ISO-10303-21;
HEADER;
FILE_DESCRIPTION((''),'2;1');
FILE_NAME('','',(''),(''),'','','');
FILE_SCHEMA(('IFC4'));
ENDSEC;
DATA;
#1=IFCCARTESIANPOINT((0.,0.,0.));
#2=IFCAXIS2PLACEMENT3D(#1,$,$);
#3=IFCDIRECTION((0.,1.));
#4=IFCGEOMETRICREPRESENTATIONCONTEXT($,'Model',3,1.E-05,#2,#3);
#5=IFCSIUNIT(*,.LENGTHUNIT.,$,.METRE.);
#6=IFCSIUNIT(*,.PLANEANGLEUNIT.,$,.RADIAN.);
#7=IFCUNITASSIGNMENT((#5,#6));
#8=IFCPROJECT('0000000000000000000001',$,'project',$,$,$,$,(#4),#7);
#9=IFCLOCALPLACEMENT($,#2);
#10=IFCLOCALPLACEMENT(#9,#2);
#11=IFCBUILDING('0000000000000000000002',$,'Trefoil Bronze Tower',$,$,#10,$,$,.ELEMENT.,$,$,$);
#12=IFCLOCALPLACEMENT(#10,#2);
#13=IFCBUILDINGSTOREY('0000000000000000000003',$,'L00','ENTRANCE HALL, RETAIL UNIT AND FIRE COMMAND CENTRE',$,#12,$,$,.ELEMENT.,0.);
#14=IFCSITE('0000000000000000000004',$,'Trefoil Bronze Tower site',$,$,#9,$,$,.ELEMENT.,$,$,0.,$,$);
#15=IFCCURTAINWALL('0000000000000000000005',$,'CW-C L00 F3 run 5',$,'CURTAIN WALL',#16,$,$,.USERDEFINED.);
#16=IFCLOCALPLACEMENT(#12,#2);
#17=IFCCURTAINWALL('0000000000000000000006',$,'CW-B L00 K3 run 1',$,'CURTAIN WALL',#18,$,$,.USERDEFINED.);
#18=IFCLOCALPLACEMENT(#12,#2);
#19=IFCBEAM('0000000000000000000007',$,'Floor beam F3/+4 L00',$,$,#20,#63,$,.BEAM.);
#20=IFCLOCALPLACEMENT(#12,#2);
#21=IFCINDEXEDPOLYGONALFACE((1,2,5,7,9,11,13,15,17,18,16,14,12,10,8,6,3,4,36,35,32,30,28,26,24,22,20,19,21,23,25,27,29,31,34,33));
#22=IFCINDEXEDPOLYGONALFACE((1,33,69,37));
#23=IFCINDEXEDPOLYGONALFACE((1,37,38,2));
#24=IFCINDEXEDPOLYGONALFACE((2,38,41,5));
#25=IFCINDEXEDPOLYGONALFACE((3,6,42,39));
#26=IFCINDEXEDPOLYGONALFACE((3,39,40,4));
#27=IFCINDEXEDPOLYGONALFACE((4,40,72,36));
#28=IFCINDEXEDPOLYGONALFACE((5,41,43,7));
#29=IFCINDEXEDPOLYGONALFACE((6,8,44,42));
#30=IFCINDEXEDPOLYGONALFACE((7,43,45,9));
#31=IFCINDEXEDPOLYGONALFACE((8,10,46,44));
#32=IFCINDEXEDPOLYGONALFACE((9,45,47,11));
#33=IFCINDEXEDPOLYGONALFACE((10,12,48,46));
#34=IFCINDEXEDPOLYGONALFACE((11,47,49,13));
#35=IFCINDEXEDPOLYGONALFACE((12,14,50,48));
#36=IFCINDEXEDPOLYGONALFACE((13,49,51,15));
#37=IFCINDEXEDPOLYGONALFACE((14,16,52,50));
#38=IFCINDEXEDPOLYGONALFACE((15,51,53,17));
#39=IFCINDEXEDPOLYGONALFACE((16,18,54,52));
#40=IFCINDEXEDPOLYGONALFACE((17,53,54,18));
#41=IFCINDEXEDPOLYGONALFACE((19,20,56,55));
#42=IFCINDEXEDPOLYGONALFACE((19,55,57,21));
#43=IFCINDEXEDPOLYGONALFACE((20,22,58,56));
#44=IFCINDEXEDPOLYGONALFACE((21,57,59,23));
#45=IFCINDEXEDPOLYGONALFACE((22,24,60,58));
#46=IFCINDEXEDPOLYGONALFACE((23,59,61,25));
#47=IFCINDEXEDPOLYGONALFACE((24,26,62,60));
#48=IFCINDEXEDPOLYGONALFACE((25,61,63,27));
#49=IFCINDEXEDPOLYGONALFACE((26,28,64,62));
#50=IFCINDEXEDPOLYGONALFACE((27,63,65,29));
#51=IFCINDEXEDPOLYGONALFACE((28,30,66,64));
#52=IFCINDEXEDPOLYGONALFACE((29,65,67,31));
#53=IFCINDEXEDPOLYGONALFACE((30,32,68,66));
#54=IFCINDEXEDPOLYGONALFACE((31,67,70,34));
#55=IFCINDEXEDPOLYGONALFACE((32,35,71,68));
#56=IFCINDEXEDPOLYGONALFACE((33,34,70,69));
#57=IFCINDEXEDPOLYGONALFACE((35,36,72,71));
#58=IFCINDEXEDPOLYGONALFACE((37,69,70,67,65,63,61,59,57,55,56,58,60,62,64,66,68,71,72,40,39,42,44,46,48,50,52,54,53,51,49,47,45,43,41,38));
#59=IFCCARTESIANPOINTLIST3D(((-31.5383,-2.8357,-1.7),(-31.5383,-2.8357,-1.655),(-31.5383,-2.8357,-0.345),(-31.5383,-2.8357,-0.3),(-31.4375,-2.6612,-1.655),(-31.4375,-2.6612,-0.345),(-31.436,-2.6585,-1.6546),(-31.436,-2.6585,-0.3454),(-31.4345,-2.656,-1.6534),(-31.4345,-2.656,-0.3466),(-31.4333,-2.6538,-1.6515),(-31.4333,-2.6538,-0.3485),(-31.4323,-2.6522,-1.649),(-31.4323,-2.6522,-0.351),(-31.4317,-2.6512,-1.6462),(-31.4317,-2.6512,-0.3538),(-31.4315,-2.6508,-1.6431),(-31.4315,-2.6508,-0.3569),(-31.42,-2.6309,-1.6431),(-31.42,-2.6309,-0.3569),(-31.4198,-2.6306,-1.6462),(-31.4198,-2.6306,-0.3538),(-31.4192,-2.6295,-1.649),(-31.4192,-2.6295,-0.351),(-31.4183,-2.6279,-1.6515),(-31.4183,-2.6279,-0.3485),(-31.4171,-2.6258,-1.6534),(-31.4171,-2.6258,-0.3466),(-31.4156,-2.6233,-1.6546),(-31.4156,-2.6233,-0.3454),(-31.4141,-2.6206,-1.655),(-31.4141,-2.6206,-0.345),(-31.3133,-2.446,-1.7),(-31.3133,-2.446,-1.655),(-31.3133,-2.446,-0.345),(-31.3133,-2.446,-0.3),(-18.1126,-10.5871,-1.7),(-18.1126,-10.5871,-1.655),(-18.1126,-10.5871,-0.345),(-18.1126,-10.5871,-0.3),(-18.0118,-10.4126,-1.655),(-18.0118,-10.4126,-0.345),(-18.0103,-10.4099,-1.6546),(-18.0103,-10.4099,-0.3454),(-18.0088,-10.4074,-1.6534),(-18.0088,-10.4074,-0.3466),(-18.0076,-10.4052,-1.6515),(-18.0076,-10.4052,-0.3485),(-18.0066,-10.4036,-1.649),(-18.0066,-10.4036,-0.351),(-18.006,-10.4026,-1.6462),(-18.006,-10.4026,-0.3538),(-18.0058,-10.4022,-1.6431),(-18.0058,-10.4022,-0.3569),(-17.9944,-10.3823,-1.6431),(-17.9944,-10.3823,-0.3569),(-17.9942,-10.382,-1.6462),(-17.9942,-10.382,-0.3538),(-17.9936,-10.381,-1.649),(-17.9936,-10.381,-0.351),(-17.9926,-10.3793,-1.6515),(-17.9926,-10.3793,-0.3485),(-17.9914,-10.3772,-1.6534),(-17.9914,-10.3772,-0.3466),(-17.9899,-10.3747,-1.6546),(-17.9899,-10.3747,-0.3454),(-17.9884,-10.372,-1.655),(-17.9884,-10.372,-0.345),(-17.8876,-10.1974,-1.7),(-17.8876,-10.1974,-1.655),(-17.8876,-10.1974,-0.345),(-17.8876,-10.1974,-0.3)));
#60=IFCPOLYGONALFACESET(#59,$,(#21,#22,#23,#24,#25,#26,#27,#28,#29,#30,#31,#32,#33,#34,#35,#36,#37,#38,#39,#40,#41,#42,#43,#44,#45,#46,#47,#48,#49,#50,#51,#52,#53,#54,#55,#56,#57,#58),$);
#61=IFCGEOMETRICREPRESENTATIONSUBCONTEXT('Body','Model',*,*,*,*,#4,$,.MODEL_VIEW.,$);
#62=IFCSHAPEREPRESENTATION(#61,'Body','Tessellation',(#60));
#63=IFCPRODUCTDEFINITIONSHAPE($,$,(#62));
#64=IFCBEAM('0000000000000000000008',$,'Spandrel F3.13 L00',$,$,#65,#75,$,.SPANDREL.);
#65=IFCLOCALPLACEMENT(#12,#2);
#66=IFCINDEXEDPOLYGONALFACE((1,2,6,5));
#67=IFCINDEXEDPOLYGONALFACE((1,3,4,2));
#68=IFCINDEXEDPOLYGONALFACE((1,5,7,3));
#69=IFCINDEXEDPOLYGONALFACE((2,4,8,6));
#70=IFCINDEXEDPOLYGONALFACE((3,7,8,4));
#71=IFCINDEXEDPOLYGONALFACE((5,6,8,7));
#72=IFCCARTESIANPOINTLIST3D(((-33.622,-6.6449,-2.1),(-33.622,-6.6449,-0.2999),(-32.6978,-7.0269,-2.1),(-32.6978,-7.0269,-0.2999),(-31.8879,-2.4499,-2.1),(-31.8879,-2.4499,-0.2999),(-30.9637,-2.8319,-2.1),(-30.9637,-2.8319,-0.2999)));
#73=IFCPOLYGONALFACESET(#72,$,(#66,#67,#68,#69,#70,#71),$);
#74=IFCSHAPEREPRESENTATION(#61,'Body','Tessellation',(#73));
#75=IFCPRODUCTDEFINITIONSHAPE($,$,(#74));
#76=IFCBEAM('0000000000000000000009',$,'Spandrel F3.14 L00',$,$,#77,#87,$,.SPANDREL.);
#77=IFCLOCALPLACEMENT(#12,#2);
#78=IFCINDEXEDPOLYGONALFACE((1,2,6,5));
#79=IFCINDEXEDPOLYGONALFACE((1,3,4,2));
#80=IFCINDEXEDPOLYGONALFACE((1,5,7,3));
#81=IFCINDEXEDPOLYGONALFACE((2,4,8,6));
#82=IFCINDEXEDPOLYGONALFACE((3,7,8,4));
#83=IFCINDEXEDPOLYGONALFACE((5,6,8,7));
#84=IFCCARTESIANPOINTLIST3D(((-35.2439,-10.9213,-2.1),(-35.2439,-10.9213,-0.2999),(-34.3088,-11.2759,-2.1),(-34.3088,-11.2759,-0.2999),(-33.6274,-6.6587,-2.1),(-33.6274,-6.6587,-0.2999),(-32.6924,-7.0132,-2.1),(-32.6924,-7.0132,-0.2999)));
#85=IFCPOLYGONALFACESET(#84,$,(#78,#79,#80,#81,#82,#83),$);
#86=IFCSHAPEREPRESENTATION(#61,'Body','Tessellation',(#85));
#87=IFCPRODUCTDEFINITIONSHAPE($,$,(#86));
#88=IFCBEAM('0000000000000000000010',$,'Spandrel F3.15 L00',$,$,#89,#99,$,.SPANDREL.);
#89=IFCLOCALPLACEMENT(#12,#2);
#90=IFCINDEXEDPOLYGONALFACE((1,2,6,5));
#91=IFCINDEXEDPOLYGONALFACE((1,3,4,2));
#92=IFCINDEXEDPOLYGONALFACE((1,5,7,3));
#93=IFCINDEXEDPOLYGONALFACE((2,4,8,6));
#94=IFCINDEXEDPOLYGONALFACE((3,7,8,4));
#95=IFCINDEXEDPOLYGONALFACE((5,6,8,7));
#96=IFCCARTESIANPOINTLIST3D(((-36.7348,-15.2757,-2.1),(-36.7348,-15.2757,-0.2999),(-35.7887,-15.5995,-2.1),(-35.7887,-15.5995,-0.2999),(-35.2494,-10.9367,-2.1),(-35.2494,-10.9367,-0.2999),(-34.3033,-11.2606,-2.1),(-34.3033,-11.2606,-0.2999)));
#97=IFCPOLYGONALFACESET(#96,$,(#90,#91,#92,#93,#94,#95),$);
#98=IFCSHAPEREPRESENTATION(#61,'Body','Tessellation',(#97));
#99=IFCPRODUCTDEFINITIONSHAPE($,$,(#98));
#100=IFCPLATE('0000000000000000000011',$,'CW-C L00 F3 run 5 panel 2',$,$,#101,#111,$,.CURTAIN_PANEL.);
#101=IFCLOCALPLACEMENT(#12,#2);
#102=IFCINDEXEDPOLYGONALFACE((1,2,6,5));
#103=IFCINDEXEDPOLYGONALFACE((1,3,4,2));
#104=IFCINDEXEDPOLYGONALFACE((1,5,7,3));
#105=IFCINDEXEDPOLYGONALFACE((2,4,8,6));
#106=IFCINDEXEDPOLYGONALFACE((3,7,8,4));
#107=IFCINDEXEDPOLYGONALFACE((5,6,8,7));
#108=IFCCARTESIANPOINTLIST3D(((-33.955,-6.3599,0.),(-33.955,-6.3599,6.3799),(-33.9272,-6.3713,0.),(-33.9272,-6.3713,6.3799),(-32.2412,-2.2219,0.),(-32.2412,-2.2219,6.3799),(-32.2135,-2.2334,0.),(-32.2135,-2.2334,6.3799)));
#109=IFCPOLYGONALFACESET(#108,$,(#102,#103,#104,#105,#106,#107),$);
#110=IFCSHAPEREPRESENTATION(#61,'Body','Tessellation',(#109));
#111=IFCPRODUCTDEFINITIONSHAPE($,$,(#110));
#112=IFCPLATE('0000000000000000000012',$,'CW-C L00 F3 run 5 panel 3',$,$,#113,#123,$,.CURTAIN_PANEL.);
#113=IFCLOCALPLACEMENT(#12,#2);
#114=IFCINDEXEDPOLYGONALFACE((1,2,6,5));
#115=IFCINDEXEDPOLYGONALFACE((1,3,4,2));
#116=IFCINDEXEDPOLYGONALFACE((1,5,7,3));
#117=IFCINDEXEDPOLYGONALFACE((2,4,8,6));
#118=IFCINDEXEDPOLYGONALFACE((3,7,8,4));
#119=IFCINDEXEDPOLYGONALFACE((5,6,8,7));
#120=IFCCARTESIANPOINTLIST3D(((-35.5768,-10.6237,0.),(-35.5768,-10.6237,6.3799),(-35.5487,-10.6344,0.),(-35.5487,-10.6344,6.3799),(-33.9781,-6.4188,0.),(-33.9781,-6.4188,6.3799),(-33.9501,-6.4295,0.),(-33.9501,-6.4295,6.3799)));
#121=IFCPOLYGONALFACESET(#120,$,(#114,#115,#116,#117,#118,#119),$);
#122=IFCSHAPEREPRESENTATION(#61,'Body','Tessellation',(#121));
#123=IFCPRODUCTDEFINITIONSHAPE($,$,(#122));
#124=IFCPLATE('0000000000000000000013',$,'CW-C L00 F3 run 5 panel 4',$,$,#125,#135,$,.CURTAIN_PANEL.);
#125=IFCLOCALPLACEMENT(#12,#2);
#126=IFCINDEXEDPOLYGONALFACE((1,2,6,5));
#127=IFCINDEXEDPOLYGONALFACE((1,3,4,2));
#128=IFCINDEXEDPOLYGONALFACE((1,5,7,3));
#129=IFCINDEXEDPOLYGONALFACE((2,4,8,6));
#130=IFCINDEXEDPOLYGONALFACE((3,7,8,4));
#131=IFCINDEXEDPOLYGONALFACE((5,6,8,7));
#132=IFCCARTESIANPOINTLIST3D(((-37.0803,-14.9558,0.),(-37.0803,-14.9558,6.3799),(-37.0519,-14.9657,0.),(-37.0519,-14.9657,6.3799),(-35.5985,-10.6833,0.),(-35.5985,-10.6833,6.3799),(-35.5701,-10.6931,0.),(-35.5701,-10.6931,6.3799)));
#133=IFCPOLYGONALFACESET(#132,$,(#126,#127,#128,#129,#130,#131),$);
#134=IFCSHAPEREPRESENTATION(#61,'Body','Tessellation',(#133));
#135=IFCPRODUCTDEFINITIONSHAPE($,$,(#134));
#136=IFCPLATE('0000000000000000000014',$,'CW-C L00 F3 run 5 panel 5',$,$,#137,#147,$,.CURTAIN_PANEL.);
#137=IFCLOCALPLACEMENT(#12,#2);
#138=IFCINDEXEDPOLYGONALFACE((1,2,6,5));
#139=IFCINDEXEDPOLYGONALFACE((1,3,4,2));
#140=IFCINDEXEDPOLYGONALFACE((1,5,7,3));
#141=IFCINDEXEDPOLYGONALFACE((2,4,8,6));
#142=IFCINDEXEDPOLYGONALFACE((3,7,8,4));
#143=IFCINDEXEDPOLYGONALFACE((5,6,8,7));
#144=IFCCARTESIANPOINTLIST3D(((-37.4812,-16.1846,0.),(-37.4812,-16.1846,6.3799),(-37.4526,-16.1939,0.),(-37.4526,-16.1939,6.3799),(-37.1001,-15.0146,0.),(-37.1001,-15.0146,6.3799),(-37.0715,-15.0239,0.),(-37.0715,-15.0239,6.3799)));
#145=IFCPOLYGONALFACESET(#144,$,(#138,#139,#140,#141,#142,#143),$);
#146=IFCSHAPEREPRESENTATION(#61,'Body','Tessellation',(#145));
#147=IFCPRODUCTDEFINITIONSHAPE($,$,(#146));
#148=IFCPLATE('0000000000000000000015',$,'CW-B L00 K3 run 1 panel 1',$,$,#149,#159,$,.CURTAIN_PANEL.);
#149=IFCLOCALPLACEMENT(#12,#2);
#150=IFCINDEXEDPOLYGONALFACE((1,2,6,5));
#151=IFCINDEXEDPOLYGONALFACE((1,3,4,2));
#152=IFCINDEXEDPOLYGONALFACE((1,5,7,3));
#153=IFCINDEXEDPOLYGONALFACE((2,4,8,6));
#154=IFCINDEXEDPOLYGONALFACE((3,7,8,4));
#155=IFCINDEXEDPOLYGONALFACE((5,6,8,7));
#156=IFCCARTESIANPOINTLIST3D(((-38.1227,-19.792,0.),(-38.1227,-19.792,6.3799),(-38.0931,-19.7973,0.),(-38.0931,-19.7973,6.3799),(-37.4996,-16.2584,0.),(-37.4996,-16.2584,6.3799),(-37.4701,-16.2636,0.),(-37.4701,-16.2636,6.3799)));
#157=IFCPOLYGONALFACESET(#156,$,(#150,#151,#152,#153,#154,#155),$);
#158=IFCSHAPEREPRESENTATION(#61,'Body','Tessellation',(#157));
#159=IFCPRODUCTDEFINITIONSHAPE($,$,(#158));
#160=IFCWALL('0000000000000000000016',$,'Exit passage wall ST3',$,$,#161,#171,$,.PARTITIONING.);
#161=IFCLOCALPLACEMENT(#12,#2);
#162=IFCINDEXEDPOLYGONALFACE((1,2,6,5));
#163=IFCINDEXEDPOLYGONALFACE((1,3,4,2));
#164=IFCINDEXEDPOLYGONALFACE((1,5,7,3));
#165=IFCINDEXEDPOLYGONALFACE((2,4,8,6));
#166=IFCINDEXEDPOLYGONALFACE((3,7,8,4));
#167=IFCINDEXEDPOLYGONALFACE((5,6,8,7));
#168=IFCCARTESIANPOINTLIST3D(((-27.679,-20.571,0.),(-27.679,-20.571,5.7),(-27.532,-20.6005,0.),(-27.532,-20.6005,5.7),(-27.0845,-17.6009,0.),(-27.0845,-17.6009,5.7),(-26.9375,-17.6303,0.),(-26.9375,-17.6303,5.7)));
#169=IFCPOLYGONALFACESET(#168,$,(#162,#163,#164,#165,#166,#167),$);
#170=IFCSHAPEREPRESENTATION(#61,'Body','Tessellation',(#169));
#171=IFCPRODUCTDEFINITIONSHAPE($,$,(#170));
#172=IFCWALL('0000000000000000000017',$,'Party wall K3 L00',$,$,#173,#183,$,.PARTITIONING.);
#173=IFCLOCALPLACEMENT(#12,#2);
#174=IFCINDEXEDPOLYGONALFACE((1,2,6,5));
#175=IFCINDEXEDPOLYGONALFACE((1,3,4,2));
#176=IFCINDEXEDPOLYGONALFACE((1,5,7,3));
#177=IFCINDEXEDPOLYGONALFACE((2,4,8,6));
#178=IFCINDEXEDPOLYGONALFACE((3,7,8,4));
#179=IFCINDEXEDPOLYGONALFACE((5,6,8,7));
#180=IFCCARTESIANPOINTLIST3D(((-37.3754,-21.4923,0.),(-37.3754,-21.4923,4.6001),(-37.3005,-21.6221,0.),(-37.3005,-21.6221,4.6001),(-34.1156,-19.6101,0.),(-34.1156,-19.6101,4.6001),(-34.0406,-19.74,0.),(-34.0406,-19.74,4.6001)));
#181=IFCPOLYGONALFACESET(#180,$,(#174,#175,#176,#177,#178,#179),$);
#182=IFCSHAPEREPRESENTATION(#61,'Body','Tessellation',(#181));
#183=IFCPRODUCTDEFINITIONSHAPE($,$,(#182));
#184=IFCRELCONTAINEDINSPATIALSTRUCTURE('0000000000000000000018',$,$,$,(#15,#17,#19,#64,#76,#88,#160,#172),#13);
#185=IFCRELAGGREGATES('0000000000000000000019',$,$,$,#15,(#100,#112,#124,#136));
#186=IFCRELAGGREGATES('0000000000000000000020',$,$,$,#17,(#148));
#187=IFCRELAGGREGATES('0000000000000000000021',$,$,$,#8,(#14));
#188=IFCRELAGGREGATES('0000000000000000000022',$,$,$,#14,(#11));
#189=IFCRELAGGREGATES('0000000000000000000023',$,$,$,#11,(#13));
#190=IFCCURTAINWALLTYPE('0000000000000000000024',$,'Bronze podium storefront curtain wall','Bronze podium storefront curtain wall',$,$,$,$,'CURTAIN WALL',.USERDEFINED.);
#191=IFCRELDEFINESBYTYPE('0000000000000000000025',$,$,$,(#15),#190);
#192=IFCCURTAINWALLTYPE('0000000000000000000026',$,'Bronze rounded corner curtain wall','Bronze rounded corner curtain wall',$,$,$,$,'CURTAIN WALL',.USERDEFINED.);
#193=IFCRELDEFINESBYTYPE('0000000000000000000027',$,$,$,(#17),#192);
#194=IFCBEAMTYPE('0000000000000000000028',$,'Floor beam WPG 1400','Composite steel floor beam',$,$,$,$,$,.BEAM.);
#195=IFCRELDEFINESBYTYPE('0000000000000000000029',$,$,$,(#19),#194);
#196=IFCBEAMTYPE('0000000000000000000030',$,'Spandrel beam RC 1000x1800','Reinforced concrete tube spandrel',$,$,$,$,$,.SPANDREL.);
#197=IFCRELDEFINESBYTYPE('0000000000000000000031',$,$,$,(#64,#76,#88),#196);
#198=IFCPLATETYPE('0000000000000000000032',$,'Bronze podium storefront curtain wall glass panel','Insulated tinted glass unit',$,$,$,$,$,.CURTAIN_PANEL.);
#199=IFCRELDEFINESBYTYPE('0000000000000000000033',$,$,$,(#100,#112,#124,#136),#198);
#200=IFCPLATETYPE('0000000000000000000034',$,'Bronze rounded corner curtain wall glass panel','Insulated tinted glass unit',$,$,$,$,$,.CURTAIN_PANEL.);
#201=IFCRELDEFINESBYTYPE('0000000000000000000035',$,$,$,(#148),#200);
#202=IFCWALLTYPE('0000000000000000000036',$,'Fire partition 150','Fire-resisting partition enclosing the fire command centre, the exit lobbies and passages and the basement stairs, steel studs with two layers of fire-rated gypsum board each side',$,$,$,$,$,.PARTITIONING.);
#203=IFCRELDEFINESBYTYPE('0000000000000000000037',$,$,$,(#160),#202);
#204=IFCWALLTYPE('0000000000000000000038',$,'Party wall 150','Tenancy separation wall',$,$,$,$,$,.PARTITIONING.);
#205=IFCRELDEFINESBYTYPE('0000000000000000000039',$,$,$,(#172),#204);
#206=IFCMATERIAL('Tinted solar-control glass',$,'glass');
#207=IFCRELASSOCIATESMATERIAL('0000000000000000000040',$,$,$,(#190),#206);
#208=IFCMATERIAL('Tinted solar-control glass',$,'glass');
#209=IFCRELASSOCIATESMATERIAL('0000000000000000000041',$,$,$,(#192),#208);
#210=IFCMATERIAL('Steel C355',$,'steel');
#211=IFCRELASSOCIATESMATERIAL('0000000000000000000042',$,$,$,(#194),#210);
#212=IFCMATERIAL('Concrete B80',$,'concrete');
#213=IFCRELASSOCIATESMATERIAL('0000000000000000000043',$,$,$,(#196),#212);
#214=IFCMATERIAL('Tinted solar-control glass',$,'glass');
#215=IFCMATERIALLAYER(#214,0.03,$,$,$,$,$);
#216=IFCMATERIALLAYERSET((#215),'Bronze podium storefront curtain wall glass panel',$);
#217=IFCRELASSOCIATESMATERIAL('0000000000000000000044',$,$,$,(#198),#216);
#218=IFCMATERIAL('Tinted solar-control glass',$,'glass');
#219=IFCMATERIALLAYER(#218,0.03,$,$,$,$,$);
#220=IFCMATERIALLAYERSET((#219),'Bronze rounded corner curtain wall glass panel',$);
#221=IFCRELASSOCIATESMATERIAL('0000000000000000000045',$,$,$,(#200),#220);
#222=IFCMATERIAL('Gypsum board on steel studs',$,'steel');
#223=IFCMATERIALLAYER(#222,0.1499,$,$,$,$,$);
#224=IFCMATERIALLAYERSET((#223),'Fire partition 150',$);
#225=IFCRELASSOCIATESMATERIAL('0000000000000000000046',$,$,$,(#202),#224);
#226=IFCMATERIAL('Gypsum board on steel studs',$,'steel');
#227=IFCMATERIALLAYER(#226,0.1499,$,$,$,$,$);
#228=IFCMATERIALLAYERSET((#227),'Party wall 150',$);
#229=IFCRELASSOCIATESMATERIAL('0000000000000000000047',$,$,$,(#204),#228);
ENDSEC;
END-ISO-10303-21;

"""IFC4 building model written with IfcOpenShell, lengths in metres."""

from ifc_helpers import new_model, si_unit, direction, frame, frame_2d, origin, origin_2d, place, context, subcontext, project, spatial, rectangle, i_section, extrude, material, layer, layer_set, material_profile, profile_set, type_object, element, aggregate, save


model = new_model("IFC4")

# Units and contexts
model_context = context("Model", 3, precision=1e-05, world=origin(), true_north=direction((0.0, 1.0)))
body_context = subcontext(model_context, "Body", "Model", "MODEL_VIEW")
ifc_project = project(units=[si_unit("LENGTHUNIT", "METRE"), si_unit("PLANEANGLEUNIT", "RADIAN")], contexts=[model_context])

# Site, building, storey
site_placement = place(None, origin())
site = spatial("IfcSite", under=ifc_project, at=site_placement, Name="Trefoil Bronze Tower site", CompositionType="ELEMENT", RefElevation=0.0)
building_placement = place(site_placement, origin())
building = spatial("IfcBuilding", under=site, at=building_placement, Name="Trefoil Bronze Tower", CompositionType="ELEMENT")
storey_placement = place(building_placement, origin())
storey = spatial("IfcBuildingStorey", under=building, at=storey_placement, Name="L00", Description="ENTRANCE HALL, RETAIL UNIT AND FIRE COMMAND CENTRE", CompositionType="ELEMENT", Elevation=0.0)

# Curtain walls
ifc_material_1 = material(Name="Tinted solar-control glass", Category="glass")
curtain_wall_type_1 = type_object("IfcCurtainWallType", Name="Bronze podium storefront curtain wall", Description="Bronze podium storefront curtain wall", ElementType="CURTAIN WALL", PredefinedType="USERDEFINED", material=ifc_material_1)
curtain_wall_1_placement = place(storey_placement, origin())
curtain_wall_1 = element("IfcCurtainWall", 1, at=curtain_wall_1_placement, inside=storey, type_object=curtain_wall_type_1, Name="CW-C L00 F3 run 5", ObjectType="CURTAIN WALL", PredefinedType="USERDEFINED")
ifc_material_2 = material(Name="Tinted solar-control glass", Category="glass")
curtain_wall_type_2 = type_object("IfcCurtainWallType", Name="Bronze rounded corner curtain wall", Description="Bronze rounded corner curtain wall", ElementType="CURTAIN WALL", PredefinedType="USERDEFINED", material=ifc_material_2)
curtain_wall_2_placement = place(storey_placement, origin())
curtain_wall_2 = element("IfcCurtainWall", 2, at=curtain_wall_2_placement, inside=storey, type_object=curtain_wall_type_2, Name="CW-B L00 K3 run 1", ObjectType="CURTAIN WALL", PredefinedType="USERDEFINED")

# Beams
ifc_material_3 = material(Name="Steel C355", Category="steel")
ifc_material_profile_1 = material_profile(ifc_material_3, i_section(OverallWidth=0.45, OverallDepth=1.3999, WebThickness=0.0229, FlangeThickness=0.0449, FilletRadius=0.012, at=origin_2d()), Name="WPG 1400")
ifc_profile_set_1 = profile_set([ifc_material_profile_1], Name="Steel C355")
beam_type_1 = type_object("IfcBeamType", Name="Floor beam WPG 1400", Description="Composite steel floor beam", PredefinedType="BEAM", material=ifc_profile_set_1)
beam_1_placement = place(storey_placement, frame((-31.4258, -2.6409, -1.0), z_axis=(0.866023, -0.500004, 0.0), x_axis=(0.500004, 0.866023, 0.0)))
element("IfcBeam", 3, at=beam_1_placement, inside=storey, type_object=beam_type_1, Name="Floor beam F3/+4 L00", PredefinedType="BEAM", context=body_context, shape_type="SweptSolid", body=[
    extrude(i_section(OverallWidth=0.45, OverallDepth=1.3999, WebThickness=0.0229, FlangeThickness=0.0449, FilletRadius=0.012, at=origin_2d()), origin(), (0.0, 0.0, 1.0), 15.5027),
])
ifc_material_4 = material(Name="Concrete B80", Category="concrete")
ifc_material_profile_2 = material_profile(ifc_material_4, rectangle(XDim=1.0, YDim=1.8, at=origin_2d()), Name="RC 1000x1800")
ifc_profile_set_2 = profile_set([ifc_material_profile_2], Name="Concrete B80")
beam_type_2 = type_object("IfcBeamType", Name="Spandrel beam RC 1000x1800", Description="Reinforced concrete tube spandrel", PredefinedType="SPANDREL", material=ifc_profile_set_2)
beam_2_placement = place(storey_placement, frame((-31.4258, -2.6409, -1.2), z_axis=(-0.382021, -0.924154, 0.0), x_axis=(0.924154, -0.382021, 0.0)))
element("IfcBeam", 4, at=beam_2_placement, inside=storey, type_object=beam_type_2, Name="Spandrel F3.13 L00", PredefinedType="SPANDREL", context=body_context, shape_type="SweptSolid", body=[
    extrude(rectangle(XDim=1.0, YDim=1.8, at=origin_2d()), origin(), (0.0, 0.0, 1.0), 4.5393),
])
beam_3_placement = place(storey_placement, frame((-33.1599, -6.8359, -1.2), z_axis=(-0.354572, -0.935029, 0.0), x_axis=(0.935029, -0.354572, 0.0)))
element("IfcBeam", 5, at=beam_3_placement, inside=storey, type_object=beam_type_2, Name="Spandrel F3.14 L00", PredefinedType="SPANDREL", context=body_context, shape_type="SweptSolid", body=[
    extrude(rectangle(XDim=1.0, YDim=1.8, at=origin_2d()), origin(), (0.0, 0.0, 1.0), 4.5588),
])
beam_4_placement = place(storey_placement, frame((-34.7764, -11.0986, -1.2), z_axis=(-0.323883, -0.946097, 0.0), x_axis=(0.946097, -0.323883, 0.0)))
element("IfcBeam", 6, at=beam_4_placement, inside=storey, type_object=beam_type_2, Name="Spandrel F3.15 L00", PredefinedType="SPANDREL", context=body_context, shape_type="SweptSolid", body=[
    extrude(rectangle(XDim=1.0, YDim=1.8, at=origin_2d()), origin(), (0.0, 0.0, 1.0), 4.5862),
])

# Plates
ifc_material_5 = material(Name="Tinted solar-control glass", Category="glass")
ifc_layer_1 = layer(ifc_material_5, 0.03)
ifc_layer_set_1 = layer_set([ifc_layer_1], Name="Bronze podium storefront curtain wall glass panel")
plate_type_1 = type_object("IfcPlateType", Name="Bronze podium storefront curtain wall glass panel", Description="Insulated tinted glass unit", PredefinedType="CURTAIN_PANEL", material=ifc_layer_set_1)
plate_1_placement = place(storey_placement, frame((-33.0842, -4.2966, 0.0), z_axis=(0.0, 0.0, 1.0), x_axis=(-0.38263, -0.923902, 0.0)))
plate_1 = element("IfcPlate", 7, at=plate_1_placement, type_object=plate_type_1, Name="CW-C L00 F3 run 5 panel 2", PredefinedType="CURTAIN_PANEL", context=body_context, shape_type="SweptSolid", body=[
    extrude(rectangle(XDim=4.4788, YDim=0.03, at=origin_2d()), origin(), (0.0, 0.0, 1.0), 6.3799),
])
plate_2_placement = place(storey_placement, frame((-34.7634, -8.5266, 0.0), z_axis=(0.0, 0.0, 1.0), x_axis=(-0.355371, -0.934725, 0.0)))
plate_2 = element("IfcPlate", 8, at=plate_2_placement, type_object=plate_type_1, Name="CW-C L00 F3 run 5 panel 3", PredefinedType="CURTAIN_PANEL", context=body_context, shape_type="SweptSolid", body=[
    extrude(rectangle(XDim=4.4985, YDim=0.03, at=origin_2d()), origin(), (0.0, 0.0, 1.0), 6.3799),
])
plate_3_placement = place(storey_placement, frame((-36.3252, -12.8245, 0.0), z_axis=(0.0, 0.0, 1.0), x_axis=(-0.327674, -0.944791, 0.0)))
plate_3 = element("IfcPlate", 9, at=plate_3_placement, type_object=plate_type_1, Name="CW-C L00 F3 run 5 panel 4", PredefinedType="CURTAIN_PANEL", context=body_context, shape_type="SweptSolid", body=[
    extrude(rectangle(XDim=4.5222, YDim=0.03, at=origin_2d()), origin(), (0.0, 0.0, 1.0), 6.3799),
])
plate_4_placement = place(storey_placement, frame((-37.2764, -15.6042, 0.0), z_axis=(0.0, 0.0, 1.0), x_axis=(-0.309728, -0.950825, 0.0)))
plate_4 = element("IfcPlate", 10, at=plate_4_placement, type_object=plate_type_1, Name="CW-C L00 F3 run 5 panel 5", PredefinedType="CURTAIN_PANEL", context=body_context, shape_type="SweptSolid", body=[
    extrude(rectangle(XDim=1.2305, YDim=0.03, at=origin_2d()), origin(), (0.0, 0.0, 1.0), 6.3799),
])
aggregate(curtain_wall_1, [plate_1, plate_2, plate_3, plate_4])
ifc_material_6 = material(Name="Tinted solar-control glass", Category="glass")
ifc_layer_2 = layer(ifc_material_6, 0.03)
ifc_layer_set_2 = layer_set([ifc_layer_2], Name="Bronze rounded corner curtain wall glass panel")
plate_type_2 = type_object("IfcPlateType", Name="Bronze rounded corner curtain wall glass panel", Description="Insulated tinted glass unit", PredefinedType="CURTAIN_PANEL", material=ifc_layer_set_2)
plate_5_placement = place(storey_placement, frame((-37.7964, -18.0278, 0.0), z_axis=(0.0, 0.0, 1.0), x_axis=(-0.173648, -0.984808, 0.0)))
plate_5 = element("IfcPlate", 11, at=plate_5_placement, type_object=plate_type_2, Name="CW-B L00 K3 run 1 panel 1", PredefinedType="CURTAIN_PANEL", context=body_context, shape_type="SweptSolid", body=[
    extrude(rectangle(XDim=3.5881, YDim=0.03, at=origin_2d()), origin(), (0.0, 0.0, 1.0), 6.3799),
])
aggregate(curtain_wall_2, [plate_5])

# Walls
ifc_material_7 = material(Name="Gypsum board on steel studs", Category="steel")
ifc_layer_3 = layer(ifc_material_7, 0.1499)
ifc_layer_set_3 = layer_set([ifc_layer_3], Name="Fire partition 150")
wall_type_1 = type_object("IfcWallType", Name="Fire partition 150", Description="Fire-resisting partition enclosing the fire command centre, the exit lobbies and passages and the basement stairs, steel studs with two layers of fire-rated gypsum board each side", PredefinedType="PARTITIONING", material=ifc_layer_set_3)
wall_1_placement = place(storey_placement, frame((-27.011, -17.6155, 0.0), z_axis=(0.0, 0.0, 1.0), x_axis=(-0.196256, -0.980553, 0.0)))
element("IfcWall", 12, at=wall_1_placement, inside=storey, type_object=wall_type_1, Name="Exit passage wall ST3", PredefinedType="PARTITIONING", context=body_context, shape_type="SweptSolid", body=[
    extrude(rectangle(XDim=3.0291, YDim=0.1499, at=frame_2d((1.5146, 0.0))), origin(), (0.0, 0.0, 1.0), 5.7),
])
ifc_material_8 = material(Name="Gypsum board on steel studs", Category="steel")
ifc_layer_4 = layer(ifc_material_8, 0.1499)
ifc_layer_set_4 = layer_set([ifc_layer_4], Name="Party wall 150")
wall_type_2 = type_object("IfcWallType", Name="Party wall 150", Description="Tenancy separation wall", PredefinedType="PARTITIONING", material=ifc_layer_set_4)
wall_2_placement = place(storey_placement, frame((-34.0781, -19.675, 0.0), z_axis=(0.0, 0.0, 1.0), x_axis=(-0.866019, -0.500011, 0.0)))
element("IfcWall", 13, at=wall_2_placement, inside=storey, type_object=wall_type_2, Name="Party wall K3 L00", PredefinedType="PARTITIONING", context=body_context, shape_type="SweptSolid", body=[
    extrude(rectangle(XDim=3.7642, YDim=0.1499, at=frame_2d((1.8821, 0.0))), origin(), (0.0, 0.0, 1.0), 4.6001),
])

save(model, "model.ifc")
